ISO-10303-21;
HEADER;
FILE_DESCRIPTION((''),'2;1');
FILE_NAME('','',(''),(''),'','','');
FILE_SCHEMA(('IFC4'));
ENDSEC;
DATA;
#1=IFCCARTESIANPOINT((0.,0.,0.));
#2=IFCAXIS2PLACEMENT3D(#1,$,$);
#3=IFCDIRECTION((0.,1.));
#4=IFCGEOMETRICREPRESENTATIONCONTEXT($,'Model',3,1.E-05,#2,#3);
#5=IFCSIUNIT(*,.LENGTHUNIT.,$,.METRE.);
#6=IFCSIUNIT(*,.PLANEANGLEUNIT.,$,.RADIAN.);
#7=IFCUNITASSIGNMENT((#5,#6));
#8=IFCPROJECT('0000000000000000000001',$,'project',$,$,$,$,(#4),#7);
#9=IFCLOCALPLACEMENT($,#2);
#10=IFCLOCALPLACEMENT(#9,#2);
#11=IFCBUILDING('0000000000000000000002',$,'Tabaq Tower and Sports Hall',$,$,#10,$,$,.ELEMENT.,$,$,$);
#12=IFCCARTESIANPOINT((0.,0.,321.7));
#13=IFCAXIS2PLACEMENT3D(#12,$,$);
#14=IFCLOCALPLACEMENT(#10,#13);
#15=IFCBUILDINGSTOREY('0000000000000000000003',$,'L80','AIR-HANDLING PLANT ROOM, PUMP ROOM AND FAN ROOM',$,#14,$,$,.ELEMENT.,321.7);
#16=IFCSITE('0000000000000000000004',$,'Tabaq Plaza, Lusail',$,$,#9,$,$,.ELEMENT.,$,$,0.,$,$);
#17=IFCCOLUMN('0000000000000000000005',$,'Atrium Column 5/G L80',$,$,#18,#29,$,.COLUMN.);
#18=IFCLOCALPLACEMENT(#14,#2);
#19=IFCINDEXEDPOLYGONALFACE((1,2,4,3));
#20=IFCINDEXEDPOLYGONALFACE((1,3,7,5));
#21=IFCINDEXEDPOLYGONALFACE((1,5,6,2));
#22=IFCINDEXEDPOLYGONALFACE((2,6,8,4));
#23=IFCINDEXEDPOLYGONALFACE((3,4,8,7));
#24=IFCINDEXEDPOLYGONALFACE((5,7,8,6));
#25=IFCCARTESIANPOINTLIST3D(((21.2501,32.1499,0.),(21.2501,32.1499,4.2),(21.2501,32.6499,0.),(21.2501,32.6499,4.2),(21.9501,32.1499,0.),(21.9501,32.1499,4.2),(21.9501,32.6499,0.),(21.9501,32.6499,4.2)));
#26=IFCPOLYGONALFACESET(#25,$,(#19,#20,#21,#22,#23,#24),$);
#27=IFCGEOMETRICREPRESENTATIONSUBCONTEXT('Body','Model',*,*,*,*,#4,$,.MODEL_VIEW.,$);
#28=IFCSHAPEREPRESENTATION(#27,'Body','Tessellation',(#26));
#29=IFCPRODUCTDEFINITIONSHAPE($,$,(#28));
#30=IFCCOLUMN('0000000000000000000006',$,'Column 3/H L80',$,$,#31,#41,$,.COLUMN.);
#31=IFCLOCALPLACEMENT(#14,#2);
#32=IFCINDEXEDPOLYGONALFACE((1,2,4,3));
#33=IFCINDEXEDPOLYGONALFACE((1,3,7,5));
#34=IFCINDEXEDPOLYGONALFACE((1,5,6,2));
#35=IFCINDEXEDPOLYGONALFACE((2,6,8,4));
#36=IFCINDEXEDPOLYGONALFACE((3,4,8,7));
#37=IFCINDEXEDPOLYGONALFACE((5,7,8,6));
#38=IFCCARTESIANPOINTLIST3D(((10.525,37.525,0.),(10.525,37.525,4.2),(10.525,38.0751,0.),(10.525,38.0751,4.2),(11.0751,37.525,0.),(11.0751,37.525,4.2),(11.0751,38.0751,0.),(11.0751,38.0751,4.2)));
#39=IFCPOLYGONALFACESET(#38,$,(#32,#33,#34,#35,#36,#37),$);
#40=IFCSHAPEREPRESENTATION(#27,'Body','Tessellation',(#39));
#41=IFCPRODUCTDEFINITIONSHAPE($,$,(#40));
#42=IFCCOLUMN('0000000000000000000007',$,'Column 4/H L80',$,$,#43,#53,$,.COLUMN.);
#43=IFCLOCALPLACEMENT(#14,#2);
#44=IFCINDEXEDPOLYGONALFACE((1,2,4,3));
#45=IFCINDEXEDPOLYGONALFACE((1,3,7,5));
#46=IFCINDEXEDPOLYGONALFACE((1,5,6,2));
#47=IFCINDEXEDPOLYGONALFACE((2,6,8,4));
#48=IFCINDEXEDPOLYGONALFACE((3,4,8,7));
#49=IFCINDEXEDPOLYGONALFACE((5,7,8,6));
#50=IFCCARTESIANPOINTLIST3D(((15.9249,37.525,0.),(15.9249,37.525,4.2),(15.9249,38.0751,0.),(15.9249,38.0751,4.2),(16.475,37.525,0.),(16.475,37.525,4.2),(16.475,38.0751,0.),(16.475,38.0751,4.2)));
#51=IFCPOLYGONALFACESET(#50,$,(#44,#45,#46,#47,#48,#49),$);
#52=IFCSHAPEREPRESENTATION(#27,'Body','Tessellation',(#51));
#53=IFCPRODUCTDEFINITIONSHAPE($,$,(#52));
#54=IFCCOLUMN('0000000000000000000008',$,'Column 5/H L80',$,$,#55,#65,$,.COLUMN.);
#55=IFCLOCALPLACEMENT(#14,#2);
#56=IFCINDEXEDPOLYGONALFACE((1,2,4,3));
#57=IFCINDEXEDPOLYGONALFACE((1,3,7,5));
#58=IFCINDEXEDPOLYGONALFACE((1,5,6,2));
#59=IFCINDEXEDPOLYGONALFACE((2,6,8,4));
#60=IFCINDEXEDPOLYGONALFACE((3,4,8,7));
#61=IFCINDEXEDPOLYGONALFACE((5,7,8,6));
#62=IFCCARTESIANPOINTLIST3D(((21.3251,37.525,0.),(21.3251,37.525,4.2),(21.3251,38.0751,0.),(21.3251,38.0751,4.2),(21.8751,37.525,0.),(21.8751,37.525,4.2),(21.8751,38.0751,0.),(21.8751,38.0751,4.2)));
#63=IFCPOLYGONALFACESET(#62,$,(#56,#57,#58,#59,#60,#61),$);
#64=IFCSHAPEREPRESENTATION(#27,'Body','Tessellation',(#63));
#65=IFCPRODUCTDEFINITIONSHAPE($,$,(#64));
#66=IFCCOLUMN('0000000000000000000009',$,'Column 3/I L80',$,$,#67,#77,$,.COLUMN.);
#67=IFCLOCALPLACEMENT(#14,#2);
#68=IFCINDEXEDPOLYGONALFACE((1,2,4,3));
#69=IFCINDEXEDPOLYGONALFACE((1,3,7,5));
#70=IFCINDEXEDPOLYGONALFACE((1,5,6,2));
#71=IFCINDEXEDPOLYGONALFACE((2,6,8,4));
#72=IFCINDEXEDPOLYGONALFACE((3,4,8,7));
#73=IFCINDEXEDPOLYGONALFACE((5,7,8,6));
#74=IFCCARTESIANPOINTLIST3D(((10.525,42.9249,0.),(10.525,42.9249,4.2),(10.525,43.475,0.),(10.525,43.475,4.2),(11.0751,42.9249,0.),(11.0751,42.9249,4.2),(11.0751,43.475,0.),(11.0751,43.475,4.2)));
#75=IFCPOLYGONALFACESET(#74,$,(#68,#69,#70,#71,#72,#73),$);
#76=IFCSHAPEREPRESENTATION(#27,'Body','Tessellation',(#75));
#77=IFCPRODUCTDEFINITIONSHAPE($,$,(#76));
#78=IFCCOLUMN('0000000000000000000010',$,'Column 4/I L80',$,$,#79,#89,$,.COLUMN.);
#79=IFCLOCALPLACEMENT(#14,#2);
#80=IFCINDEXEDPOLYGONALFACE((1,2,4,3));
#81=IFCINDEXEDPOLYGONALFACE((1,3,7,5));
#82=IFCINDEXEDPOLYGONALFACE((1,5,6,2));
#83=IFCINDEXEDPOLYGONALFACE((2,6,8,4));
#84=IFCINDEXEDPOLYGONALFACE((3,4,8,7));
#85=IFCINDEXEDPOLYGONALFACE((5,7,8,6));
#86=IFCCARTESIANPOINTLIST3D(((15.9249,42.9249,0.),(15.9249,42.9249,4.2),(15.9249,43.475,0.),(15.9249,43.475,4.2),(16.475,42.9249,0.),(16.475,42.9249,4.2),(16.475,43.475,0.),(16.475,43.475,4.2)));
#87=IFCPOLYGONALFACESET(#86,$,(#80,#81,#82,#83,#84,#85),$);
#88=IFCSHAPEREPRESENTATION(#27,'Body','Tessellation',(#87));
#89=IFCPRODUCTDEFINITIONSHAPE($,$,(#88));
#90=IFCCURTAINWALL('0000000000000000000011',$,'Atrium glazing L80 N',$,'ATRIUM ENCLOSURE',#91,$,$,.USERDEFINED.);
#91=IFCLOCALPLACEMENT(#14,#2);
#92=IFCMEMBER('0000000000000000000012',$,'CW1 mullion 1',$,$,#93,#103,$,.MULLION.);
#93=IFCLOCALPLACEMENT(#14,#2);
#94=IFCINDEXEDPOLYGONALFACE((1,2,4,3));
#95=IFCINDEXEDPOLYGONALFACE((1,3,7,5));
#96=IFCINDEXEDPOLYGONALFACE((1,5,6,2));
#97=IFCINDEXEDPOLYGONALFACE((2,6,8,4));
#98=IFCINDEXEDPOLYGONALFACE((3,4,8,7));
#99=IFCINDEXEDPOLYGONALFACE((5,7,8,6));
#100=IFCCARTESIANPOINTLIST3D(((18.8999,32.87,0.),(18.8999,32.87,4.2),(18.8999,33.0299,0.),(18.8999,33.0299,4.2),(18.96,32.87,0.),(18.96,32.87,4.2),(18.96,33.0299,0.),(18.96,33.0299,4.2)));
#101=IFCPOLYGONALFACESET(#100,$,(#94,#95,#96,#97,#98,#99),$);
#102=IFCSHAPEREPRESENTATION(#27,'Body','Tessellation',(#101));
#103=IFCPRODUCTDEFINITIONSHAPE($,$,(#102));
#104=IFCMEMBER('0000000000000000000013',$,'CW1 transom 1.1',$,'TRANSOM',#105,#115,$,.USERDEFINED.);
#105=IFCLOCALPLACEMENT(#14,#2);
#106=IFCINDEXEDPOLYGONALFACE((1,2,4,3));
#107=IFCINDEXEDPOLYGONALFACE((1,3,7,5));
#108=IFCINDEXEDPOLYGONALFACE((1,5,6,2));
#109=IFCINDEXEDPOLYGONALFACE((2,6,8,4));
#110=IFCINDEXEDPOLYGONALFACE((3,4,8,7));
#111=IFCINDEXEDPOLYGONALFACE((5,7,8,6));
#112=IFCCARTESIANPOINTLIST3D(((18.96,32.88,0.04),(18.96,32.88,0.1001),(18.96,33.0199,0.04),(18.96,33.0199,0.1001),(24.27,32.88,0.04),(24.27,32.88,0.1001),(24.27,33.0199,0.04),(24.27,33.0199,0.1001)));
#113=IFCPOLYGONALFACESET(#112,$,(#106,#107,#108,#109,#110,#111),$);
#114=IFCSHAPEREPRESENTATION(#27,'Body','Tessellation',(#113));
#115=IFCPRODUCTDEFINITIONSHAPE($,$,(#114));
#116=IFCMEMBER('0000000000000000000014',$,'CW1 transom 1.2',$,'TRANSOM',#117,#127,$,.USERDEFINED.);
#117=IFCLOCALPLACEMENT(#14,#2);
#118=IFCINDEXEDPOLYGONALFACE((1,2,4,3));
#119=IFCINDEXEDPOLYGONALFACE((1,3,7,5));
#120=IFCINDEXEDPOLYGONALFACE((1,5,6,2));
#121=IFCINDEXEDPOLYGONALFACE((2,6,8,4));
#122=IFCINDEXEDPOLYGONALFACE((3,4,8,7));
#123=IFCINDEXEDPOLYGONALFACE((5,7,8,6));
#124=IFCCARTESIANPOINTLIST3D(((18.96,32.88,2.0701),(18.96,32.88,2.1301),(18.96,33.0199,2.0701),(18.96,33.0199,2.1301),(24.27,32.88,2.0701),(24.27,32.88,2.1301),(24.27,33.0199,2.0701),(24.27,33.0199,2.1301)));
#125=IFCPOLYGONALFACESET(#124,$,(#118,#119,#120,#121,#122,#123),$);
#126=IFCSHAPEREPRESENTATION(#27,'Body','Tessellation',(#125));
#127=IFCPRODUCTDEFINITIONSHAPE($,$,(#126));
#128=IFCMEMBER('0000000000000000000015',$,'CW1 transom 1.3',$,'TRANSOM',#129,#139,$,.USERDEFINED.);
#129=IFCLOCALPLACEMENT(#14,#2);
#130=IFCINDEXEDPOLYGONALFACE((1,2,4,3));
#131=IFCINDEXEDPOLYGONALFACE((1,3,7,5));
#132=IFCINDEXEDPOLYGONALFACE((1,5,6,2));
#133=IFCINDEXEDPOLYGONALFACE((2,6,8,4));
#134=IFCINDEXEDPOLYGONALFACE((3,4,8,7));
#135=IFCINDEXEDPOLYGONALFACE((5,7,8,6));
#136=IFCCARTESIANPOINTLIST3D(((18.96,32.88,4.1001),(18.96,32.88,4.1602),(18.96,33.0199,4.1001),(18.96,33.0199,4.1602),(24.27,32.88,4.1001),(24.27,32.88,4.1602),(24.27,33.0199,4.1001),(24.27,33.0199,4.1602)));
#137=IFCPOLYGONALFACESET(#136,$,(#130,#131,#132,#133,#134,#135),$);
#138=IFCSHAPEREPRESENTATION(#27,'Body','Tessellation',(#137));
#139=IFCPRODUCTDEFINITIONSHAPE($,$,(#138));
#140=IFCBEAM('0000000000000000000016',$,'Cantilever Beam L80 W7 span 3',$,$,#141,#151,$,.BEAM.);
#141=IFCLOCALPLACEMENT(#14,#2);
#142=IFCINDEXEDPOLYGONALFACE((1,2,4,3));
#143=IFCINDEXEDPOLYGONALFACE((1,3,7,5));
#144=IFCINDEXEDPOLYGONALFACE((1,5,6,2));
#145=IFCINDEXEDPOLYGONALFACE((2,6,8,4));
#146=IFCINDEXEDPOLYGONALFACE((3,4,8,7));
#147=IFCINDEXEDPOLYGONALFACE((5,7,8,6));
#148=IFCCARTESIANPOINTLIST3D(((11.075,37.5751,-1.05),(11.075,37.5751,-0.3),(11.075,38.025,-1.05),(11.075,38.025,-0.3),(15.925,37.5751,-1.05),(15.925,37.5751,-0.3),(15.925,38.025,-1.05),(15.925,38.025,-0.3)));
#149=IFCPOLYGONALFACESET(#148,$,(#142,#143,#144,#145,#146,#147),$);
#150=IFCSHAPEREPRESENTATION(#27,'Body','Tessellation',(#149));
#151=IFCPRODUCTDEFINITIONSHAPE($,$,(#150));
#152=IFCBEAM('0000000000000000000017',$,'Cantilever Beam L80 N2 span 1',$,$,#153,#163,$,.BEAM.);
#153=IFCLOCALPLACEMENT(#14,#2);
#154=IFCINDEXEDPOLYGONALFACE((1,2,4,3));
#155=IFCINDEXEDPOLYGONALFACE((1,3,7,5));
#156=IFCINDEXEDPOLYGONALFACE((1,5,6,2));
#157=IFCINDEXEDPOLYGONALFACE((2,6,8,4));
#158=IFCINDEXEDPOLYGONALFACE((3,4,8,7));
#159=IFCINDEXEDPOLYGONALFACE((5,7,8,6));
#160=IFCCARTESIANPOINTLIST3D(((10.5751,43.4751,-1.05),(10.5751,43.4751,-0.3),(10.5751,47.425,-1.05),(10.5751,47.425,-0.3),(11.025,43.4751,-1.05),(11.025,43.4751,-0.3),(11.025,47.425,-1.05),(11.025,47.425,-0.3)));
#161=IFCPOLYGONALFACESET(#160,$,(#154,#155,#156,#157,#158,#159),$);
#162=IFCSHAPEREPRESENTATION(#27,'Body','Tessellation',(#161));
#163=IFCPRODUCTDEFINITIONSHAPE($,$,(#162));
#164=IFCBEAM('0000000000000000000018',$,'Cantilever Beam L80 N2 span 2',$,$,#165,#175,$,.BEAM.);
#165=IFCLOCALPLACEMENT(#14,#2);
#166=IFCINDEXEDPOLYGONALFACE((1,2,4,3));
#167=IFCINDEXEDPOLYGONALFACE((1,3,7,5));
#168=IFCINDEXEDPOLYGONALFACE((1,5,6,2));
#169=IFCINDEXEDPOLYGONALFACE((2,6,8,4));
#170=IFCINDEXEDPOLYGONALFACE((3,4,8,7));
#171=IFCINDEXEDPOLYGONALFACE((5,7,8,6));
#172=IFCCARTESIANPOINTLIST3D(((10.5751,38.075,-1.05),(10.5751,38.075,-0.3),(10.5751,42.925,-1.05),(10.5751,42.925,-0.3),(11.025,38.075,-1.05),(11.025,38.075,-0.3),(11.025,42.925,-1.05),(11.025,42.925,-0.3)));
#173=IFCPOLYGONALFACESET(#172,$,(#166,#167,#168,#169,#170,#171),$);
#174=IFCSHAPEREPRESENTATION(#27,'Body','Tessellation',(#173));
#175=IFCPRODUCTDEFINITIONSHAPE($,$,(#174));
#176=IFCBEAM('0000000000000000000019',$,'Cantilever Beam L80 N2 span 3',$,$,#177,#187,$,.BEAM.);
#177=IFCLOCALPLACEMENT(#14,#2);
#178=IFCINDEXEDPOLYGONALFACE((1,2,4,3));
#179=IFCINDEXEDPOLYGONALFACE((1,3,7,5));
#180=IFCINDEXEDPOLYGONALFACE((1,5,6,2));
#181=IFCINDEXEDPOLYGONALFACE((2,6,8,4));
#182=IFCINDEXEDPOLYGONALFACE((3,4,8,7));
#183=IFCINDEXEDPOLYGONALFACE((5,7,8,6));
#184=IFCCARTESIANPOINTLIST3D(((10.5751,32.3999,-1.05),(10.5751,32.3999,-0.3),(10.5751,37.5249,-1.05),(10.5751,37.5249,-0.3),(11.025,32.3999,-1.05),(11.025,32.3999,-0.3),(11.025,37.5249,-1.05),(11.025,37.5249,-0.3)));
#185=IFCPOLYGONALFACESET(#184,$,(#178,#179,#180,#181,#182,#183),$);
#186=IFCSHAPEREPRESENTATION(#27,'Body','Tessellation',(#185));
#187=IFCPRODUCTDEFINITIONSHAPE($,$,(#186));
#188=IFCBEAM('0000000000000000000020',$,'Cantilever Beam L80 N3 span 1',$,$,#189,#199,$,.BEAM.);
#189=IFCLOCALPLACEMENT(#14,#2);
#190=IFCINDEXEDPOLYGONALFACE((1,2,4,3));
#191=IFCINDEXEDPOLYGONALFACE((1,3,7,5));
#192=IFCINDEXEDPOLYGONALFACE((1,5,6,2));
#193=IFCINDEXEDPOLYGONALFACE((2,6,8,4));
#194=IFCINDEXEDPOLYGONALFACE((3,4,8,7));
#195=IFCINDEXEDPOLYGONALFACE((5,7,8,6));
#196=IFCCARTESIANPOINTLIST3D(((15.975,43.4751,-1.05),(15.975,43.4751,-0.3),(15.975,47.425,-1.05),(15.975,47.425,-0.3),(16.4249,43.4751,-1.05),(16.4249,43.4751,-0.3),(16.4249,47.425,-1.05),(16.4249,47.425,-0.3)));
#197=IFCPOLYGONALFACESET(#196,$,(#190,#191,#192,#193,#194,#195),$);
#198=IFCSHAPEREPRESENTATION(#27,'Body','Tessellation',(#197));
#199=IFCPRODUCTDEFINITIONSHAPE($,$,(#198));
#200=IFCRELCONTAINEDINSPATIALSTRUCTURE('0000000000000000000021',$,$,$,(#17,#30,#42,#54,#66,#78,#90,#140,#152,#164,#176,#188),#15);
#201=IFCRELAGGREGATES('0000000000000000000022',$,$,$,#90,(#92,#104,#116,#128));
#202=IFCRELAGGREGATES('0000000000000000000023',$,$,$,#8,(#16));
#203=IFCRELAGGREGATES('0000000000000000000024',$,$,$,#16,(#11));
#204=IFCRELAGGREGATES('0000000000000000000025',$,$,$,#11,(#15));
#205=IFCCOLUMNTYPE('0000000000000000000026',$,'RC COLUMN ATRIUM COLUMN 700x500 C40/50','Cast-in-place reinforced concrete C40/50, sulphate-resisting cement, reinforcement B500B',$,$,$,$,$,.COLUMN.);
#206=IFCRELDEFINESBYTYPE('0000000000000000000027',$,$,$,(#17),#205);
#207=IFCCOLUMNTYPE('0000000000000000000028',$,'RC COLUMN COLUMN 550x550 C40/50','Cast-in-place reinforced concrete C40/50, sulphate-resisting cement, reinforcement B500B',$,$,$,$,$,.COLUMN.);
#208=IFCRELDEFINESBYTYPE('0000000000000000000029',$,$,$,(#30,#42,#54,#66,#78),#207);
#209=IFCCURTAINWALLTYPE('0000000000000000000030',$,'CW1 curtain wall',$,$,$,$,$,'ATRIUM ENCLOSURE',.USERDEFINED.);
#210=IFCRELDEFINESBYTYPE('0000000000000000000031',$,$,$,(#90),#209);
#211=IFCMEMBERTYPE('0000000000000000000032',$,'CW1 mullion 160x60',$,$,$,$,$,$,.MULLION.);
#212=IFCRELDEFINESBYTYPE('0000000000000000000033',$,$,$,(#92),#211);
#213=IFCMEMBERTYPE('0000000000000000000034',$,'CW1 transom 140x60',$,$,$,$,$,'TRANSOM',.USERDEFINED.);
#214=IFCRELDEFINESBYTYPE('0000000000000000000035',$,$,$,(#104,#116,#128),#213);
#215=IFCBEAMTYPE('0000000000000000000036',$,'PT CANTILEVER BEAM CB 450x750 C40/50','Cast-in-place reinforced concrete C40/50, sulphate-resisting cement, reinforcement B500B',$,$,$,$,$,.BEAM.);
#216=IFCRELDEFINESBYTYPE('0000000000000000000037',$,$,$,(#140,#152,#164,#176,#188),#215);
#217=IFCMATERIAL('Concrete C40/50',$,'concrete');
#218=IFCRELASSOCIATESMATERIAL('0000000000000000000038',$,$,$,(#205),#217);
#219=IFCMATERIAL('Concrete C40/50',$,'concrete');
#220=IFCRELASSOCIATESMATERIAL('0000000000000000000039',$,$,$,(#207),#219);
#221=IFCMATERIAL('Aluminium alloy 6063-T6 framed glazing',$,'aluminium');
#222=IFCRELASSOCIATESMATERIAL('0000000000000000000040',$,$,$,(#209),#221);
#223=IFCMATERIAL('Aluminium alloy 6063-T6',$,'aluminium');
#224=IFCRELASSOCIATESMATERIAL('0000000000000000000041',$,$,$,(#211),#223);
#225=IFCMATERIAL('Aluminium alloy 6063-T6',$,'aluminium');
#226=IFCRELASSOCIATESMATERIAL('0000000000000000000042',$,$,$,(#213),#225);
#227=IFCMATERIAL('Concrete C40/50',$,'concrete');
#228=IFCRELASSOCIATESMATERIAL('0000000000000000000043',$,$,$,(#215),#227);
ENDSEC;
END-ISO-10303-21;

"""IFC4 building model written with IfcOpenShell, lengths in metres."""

from ifc_helpers import new_model, si_unit, direction, frame, origin, origin_2d, place, context, subcontext, project, spatial, rectangle, extrude, material, material_profile, profile_set, type_object, element, aggregate, save


model = new_model("IFC4")

# Units and contexts
model_context = context("Model", 3, precision=1e-05, world=origin(), true_north=direction((0.0, 1.0)))
body_context = subcontext(model_context, "Body", "Model", "MODEL_VIEW")
ifc_project = project(units=[si_unit("LENGTHUNIT", "METRE"), si_unit("PLANEANGLEUNIT", "RADIAN")], contexts=[model_context])

# Site, building, storey
site_placement = place(None, origin())
site = spatial("IfcSite", under=ifc_project, at=site_placement, Name="Tabaq Plaza, Lusail", CompositionType="ELEMENT", RefElevation=0.0)
building_placement = place(site_placement, origin())
building = spatial("IfcBuilding", under=site, at=building_placement, Name="Tabaq Tower and Sports Hall", CompositionType="ELEMENT")
storey_placement = place(building_placement, frame((0.0, 0.0, 321.7)))
storey = spatial("IfcBuildingStorey", under=building, at=storey_placement, Name="L80", Description="AIR-HANDLING PLANT ROOM, PUMP ROOM AND FAN ROOM", CompositionType="ELEMENT", Elevation=321.7)

# Columns
ifc_material_1 = material(Name="Concrete C40/50", Category="concrete")
ifc_material_profile_1 = material_profile(ifc_material_1, rectangle(XDim=0.7, YDim=0.5, at=origin_2d()), Name="ATRIUM COLUMN 700x500")
ifc_profile_set_1 = profile_set([ifc_material_profile_1], Name="Concrete C40/50")
column_type_1 = type_object("IfcColumnType", Name="RC COLUMN ATRIUM COLUMN 700x500 C40/50", Description="Cast-in-place reinforced concrete C40/50, sulphate-resisting cement, reinforcement B500B", PredefinedType="COLUMN", material=ifc_profile_set_1)
column_placement = place(storey_placement, frame((21.6001, 32.3999, 0.0), z_axis=(0.0, 0.0, 1.0), x_axis=(1.0, 0.0, 0.0)))
element("IfcColumn", 1, at=column_placement, inside=storey, type_object=column_type_1, Name="Atrium Column 5/G L80", PredefinedType="COLUMN", context=body_context, shape_type="SweptSolid", body=[
    extrude(rectangle(XDim=0.7, YDim=0.5, at=origin_2d()), origin(), (0.0, 0.0, 1.0), 4.2),
])
ifc_material_2 = material(Name="Concrete C40/50", Category="concrete")
ifc_material_profile_2 = material_profile(ifc_material_2, rectangle(XDim=0.55, YDim=0.55, at=origin_2d()), Name="COLUMN 550x550")
ifc_profile_set_2 = profile_set([ifc_material_profile_2], Name="Concrete C40/50")
column_type_2 = type_object("IfcColumnType", Name="RC COLUMN COLUMN 550x550 C40/50", Description="Cast-in-place reinforced concrete C40/50, sulphate-resisting cement, reinforcement B500B", PredefinedType="COLUMN", material=ifc_profile_set_2)
for number, where, z_axis, x_axis, name in (
    (2, (10.8, 37.8, 0.0), (0.0, 0.0, 1.0), (1.0, 0.0, 0.0), "Column 3/H L80"),
    (3, (16.2, 37.8, 0.0), (0.0, 0.0, 1.0), (1.0, 0.0, 0.0), "Column 4/H L80"),
    (4, (21.6001, 37.8, 0.0), (0.0, 0.0, 1.0), (1.0, 0.0, 0.0), "Column 5/H L80"),
    (5, (10.8, 43.2, 0.0), (0.0, 0.0, 1.0), (1.0, 0.0, 0.0), "Column 3/I L80"),
    (6, (16.2, 43.2, 0.0), (0.0, 0.0, 1.0), (1.0, 0.0, 0.0), "Column 4/I L80"),
):
    element("IfcColumn", number, at=place(storey_placement, frame(where, z_axis=z_axis, x_axis=x_axis)), inside=storey, type_object=column_type_2, Name=name, PredefinedType="COLUMN", context=body_context, shape_type="SweptSolid", body=[
        extrude(rectangle(XDim=0.55, YDim=0.55, at=origin_2d()), origin(), (0.0, 0.0, 1.0), 4.2),
    ])

# Curtain wall, members
ifc_material_3 = material(Name="Aluminium alloy 6063-T6 framed glazing", Category="aluminium")
curtain_wall_type = type_object("IfcCurtainWallType", Name="CW1 curtain wall", ElementType="ATRIUM ENCLOSURE", PredefinedType="USERDEFINED", material=ifc_material_3)
curtain_wall_placement = place(storey_placement, origin())
curtain_wall = element("IfcCurtainWall", 7, at=curtain_wall_placement, inside=storey, type_object=curtain_wall_type, Name="Atrium glazing L80 N", ObjectType="ATRIUM ENCLOSURE", PredefinedType="USERDEFINED")
ifc_material_4 = material(Name="Aluminium alloy 6063-T6", Category="aluminium")
ifc_material_profile_3 = material_profile(ifc_material_4, rectangle(XDim=0.1599, YDim=0.0601, at=origin_2d()), Name="MULLION 160x60")
ifc_profile_set_3 = profile_set([ifc_material_profile_3], Name="Aluminium alloy 6063-T6")
member_type_1 = type_object("IfcMemberType", Name="CW1 mullion 160x60", PredefinedType="MULLION", material=ifc_profile_set_3)
member_1_placement = place(storey_placement, frame((18.9299, 32.95, 0.0), z_axis=(0.0, 0.0, 1.0), x_axis=(0.0, 1.0, 0.0)))
member_1 = element("IfcMember", 8, at=member_1_placement, type_object=member_type_1, Name="CW1 mullion 1", PredefinedType="MULLION", context=body_context, shape_type="SweptSolid", body=[
    extrude(rectangle(XDim=0.1599, YDim=0.0601, at=origin_2d()), origin(), (0.0, 0.0, 1.0), 4.2),
])
ifc_material_5 = material(Name="Aluminium alloy 6063-T6", Category="aluminium")
ifc_material_profile_4 = material_profile(ifc_material_5, rectangle(XDim=0.1399, YDim=0.0601, at=origin_2d()), Name="TRANSOM 140x60")
ifc_profile_set_4 = profile_set([ifc_material_profile_4], Name="Aluminium alloy 6063-T6")
member_type_2 = type_object("IfcMemberType", Name="CW1 transom 140x60", ElementType="TRANSOM", PredefinedType="USERDEFINED", material=ifc_profile_set_4)
member_2_placement = place(storey_placement, frame((18.96, 32.95, 0.0701), z_axis=(1.0, 0.0, 0.0), x_axis=(0.0, 1.0, 0.0)))
member_2 = element("IfcMember", 9, at=member_2_placement, type_object=member_type_2, Name="CW1 transom 1.1", ObjectType="TRANSOM", PredefinedType="USERDEFINED", context=body_context, shape_type="SweptSolid", body=[
    extrude(rectangle(XDim=0.1399, YDim=0.0601, at=origin_2d()), origin(), (0.0, 0.0, 1.0), 5.3101),
])
member_3_placement = place(storey_placement, frame((18.96, 32.95, 2.1001), z_axis=(1.0, 0.0, 0.0), x_axis=(0.0, 1.0, 0.0)))
member_3 = element("IfcMember", 10, at=member_3_placement, type_object=member_type_2, Name="CW1 transom 1.2", ObjectType="TRANSOM", PredefinedType="USERDEFINED", context=body_context, shape_type="SweptSolid", body=[
    extrude(rectangle(XDim=0.1399, YDim=0.0601, at=origin_2d()), origin(), (0.0, 0.0, 1.0), 5.3101),
])
member_4_placement = place(storey_placement, frame((18.96, 32.95, 4.1301), z_axis=(1.0, 0.0, 0.0), x_axis=(0.0, 1.0, 0.0)))
member_4 = element("IfcMember", 11, at=member_4_placement, type_object=member_type_2, Name="CW1 transom 1.3", ObjectType="TRANSOM", PredefinedType="USERDEFINED", context=body_context, shape_type="SweptSolid", body=[
    extrude(rectangle(XDim=0.1399, YDim=0.0601, at=origin_2d()), origin(), (0.0, 0.0, 1.0), 5.3101),
])
aggregate(curtain_wall, [member_1, member_2, member_3, member_4])

# Beams
ifc_material_6 = material(Name="Concrete C40/50", Category="concrete")
ifc_material_profile_5 = material_profile(ifc_material_6, rectangle(XDim=0.45, YDim=0.75, at=origin_2d()), Name="CB 450x750")
ifc_profile_set_5 = profile_set([ifc_material_profile_5], Name="Concrete C40/50")
beam_type = type_object("IfcBeamType", Name="PT CANTILEVER BEAM CB 450x750 C40/50", Description="Cast-in-place reinforced concrete C40/50, sulphate-resisting cement, reinforcement B500B", PredefinedType="BEAM", material=ifc_profile_set_5)
beam_1_placement = place(storey_placement, frame((11.075, 37.8, -0.675), z_axis=(1.0, 0.0, 0.0), x_axis=(0.0, 1.0, 0.0)))
element("IfcBeam", 12, at=beam_1_placement, inside=storey, type_object=beam_type, Name="Cantilever Beam L80 W7 span 3", PredefinedType="BEAM", context=body_context, shape_type="SweptSolid", body=[
    extrude(rectangle(XDim=0.45, YDim=0.75, at=origin_2d()), origin(), (0.0, 0.0, 1.0), 4.8501),
])
beam_2_placement = place(storey_placement, frame((10.8, 47.425, -0.675), z_axis=(0.0, -1.0, 0.0), x_axis=(1.0, 0.0, 0.0)))
element("IfcBeam", 13, at=beam_2_placement, inside=storey, type_object=beam_type, Name="Cantilever Beam L80 N2 span 1", PredefinedType="BEAM", context=body_context, shape_type="SweptSolid", body=[
    extrude(rectangle(XDim=0.45, YDim=0.75, at=origin_2d()), origin(), (0.0, 0.0, 1.0), 3.95),
])
beam_3_placement = place(storey_placement, frame((10.8, 42.925, -0.675), z_axis=(0.0, -1.0, 0.0), x_axis=(1.0, 0.0, 0.0)))
element("IfcBeam", 14, at=beam_3_placement, inside=storey, type_object=beam_type, Name="Cantilever Beam L80 N2 span 2", PredefinedType="BEAM", context=body_context, shape_type="SweptSolid", body=[
    extrude(rectangle(XDim=0.45, YDim=0.75, at=origin_2d()), origin(), (0.0, 0.0, 1.0), 4.8501),
])
beam_4_placement = place(storey_placement, frame((10.8, 37.5249, -0.675), z_axis=(0.0, -1.0, 0.0), x_axis=(1.0, 0.0, 0.0)))
element("IfcBeam", 15, at=beam_4_placement, inside=storey, type_object=beam_type, Name="Cantilever Beam L80 N2 span 3", PredefinedType="BEAM", context=body_context, shape_type="SweptSolid", body=[
    extrude(rectangle(XDim=0.45, YDim=0.75, at=origin_2d()), origin(), (0.0, 0.0, 1.0), 5.125),
])
beam_5_placement = place(storey_placement, frame((16.2, 47.425, -0.675), z_axis=(0.0, -1.0, 0.0), x_axis=(1.0, 0.0, 0.0)))
element("IfcBeam", 16, at=beam_5_placement, inside=storey, type_object=beam_type, Name="Cantilever Beam L80 N3 span 1", PredefinedType="BEAM", context=body_context, shape_type="SweptSolid", body=[
    extrude(rectangle(XDim=0.45, YDim=0.75, at=origin_2d()), origin(), (0.0, 0.0, 1.0), 3.95),
])

save(model, "model.ifc")
